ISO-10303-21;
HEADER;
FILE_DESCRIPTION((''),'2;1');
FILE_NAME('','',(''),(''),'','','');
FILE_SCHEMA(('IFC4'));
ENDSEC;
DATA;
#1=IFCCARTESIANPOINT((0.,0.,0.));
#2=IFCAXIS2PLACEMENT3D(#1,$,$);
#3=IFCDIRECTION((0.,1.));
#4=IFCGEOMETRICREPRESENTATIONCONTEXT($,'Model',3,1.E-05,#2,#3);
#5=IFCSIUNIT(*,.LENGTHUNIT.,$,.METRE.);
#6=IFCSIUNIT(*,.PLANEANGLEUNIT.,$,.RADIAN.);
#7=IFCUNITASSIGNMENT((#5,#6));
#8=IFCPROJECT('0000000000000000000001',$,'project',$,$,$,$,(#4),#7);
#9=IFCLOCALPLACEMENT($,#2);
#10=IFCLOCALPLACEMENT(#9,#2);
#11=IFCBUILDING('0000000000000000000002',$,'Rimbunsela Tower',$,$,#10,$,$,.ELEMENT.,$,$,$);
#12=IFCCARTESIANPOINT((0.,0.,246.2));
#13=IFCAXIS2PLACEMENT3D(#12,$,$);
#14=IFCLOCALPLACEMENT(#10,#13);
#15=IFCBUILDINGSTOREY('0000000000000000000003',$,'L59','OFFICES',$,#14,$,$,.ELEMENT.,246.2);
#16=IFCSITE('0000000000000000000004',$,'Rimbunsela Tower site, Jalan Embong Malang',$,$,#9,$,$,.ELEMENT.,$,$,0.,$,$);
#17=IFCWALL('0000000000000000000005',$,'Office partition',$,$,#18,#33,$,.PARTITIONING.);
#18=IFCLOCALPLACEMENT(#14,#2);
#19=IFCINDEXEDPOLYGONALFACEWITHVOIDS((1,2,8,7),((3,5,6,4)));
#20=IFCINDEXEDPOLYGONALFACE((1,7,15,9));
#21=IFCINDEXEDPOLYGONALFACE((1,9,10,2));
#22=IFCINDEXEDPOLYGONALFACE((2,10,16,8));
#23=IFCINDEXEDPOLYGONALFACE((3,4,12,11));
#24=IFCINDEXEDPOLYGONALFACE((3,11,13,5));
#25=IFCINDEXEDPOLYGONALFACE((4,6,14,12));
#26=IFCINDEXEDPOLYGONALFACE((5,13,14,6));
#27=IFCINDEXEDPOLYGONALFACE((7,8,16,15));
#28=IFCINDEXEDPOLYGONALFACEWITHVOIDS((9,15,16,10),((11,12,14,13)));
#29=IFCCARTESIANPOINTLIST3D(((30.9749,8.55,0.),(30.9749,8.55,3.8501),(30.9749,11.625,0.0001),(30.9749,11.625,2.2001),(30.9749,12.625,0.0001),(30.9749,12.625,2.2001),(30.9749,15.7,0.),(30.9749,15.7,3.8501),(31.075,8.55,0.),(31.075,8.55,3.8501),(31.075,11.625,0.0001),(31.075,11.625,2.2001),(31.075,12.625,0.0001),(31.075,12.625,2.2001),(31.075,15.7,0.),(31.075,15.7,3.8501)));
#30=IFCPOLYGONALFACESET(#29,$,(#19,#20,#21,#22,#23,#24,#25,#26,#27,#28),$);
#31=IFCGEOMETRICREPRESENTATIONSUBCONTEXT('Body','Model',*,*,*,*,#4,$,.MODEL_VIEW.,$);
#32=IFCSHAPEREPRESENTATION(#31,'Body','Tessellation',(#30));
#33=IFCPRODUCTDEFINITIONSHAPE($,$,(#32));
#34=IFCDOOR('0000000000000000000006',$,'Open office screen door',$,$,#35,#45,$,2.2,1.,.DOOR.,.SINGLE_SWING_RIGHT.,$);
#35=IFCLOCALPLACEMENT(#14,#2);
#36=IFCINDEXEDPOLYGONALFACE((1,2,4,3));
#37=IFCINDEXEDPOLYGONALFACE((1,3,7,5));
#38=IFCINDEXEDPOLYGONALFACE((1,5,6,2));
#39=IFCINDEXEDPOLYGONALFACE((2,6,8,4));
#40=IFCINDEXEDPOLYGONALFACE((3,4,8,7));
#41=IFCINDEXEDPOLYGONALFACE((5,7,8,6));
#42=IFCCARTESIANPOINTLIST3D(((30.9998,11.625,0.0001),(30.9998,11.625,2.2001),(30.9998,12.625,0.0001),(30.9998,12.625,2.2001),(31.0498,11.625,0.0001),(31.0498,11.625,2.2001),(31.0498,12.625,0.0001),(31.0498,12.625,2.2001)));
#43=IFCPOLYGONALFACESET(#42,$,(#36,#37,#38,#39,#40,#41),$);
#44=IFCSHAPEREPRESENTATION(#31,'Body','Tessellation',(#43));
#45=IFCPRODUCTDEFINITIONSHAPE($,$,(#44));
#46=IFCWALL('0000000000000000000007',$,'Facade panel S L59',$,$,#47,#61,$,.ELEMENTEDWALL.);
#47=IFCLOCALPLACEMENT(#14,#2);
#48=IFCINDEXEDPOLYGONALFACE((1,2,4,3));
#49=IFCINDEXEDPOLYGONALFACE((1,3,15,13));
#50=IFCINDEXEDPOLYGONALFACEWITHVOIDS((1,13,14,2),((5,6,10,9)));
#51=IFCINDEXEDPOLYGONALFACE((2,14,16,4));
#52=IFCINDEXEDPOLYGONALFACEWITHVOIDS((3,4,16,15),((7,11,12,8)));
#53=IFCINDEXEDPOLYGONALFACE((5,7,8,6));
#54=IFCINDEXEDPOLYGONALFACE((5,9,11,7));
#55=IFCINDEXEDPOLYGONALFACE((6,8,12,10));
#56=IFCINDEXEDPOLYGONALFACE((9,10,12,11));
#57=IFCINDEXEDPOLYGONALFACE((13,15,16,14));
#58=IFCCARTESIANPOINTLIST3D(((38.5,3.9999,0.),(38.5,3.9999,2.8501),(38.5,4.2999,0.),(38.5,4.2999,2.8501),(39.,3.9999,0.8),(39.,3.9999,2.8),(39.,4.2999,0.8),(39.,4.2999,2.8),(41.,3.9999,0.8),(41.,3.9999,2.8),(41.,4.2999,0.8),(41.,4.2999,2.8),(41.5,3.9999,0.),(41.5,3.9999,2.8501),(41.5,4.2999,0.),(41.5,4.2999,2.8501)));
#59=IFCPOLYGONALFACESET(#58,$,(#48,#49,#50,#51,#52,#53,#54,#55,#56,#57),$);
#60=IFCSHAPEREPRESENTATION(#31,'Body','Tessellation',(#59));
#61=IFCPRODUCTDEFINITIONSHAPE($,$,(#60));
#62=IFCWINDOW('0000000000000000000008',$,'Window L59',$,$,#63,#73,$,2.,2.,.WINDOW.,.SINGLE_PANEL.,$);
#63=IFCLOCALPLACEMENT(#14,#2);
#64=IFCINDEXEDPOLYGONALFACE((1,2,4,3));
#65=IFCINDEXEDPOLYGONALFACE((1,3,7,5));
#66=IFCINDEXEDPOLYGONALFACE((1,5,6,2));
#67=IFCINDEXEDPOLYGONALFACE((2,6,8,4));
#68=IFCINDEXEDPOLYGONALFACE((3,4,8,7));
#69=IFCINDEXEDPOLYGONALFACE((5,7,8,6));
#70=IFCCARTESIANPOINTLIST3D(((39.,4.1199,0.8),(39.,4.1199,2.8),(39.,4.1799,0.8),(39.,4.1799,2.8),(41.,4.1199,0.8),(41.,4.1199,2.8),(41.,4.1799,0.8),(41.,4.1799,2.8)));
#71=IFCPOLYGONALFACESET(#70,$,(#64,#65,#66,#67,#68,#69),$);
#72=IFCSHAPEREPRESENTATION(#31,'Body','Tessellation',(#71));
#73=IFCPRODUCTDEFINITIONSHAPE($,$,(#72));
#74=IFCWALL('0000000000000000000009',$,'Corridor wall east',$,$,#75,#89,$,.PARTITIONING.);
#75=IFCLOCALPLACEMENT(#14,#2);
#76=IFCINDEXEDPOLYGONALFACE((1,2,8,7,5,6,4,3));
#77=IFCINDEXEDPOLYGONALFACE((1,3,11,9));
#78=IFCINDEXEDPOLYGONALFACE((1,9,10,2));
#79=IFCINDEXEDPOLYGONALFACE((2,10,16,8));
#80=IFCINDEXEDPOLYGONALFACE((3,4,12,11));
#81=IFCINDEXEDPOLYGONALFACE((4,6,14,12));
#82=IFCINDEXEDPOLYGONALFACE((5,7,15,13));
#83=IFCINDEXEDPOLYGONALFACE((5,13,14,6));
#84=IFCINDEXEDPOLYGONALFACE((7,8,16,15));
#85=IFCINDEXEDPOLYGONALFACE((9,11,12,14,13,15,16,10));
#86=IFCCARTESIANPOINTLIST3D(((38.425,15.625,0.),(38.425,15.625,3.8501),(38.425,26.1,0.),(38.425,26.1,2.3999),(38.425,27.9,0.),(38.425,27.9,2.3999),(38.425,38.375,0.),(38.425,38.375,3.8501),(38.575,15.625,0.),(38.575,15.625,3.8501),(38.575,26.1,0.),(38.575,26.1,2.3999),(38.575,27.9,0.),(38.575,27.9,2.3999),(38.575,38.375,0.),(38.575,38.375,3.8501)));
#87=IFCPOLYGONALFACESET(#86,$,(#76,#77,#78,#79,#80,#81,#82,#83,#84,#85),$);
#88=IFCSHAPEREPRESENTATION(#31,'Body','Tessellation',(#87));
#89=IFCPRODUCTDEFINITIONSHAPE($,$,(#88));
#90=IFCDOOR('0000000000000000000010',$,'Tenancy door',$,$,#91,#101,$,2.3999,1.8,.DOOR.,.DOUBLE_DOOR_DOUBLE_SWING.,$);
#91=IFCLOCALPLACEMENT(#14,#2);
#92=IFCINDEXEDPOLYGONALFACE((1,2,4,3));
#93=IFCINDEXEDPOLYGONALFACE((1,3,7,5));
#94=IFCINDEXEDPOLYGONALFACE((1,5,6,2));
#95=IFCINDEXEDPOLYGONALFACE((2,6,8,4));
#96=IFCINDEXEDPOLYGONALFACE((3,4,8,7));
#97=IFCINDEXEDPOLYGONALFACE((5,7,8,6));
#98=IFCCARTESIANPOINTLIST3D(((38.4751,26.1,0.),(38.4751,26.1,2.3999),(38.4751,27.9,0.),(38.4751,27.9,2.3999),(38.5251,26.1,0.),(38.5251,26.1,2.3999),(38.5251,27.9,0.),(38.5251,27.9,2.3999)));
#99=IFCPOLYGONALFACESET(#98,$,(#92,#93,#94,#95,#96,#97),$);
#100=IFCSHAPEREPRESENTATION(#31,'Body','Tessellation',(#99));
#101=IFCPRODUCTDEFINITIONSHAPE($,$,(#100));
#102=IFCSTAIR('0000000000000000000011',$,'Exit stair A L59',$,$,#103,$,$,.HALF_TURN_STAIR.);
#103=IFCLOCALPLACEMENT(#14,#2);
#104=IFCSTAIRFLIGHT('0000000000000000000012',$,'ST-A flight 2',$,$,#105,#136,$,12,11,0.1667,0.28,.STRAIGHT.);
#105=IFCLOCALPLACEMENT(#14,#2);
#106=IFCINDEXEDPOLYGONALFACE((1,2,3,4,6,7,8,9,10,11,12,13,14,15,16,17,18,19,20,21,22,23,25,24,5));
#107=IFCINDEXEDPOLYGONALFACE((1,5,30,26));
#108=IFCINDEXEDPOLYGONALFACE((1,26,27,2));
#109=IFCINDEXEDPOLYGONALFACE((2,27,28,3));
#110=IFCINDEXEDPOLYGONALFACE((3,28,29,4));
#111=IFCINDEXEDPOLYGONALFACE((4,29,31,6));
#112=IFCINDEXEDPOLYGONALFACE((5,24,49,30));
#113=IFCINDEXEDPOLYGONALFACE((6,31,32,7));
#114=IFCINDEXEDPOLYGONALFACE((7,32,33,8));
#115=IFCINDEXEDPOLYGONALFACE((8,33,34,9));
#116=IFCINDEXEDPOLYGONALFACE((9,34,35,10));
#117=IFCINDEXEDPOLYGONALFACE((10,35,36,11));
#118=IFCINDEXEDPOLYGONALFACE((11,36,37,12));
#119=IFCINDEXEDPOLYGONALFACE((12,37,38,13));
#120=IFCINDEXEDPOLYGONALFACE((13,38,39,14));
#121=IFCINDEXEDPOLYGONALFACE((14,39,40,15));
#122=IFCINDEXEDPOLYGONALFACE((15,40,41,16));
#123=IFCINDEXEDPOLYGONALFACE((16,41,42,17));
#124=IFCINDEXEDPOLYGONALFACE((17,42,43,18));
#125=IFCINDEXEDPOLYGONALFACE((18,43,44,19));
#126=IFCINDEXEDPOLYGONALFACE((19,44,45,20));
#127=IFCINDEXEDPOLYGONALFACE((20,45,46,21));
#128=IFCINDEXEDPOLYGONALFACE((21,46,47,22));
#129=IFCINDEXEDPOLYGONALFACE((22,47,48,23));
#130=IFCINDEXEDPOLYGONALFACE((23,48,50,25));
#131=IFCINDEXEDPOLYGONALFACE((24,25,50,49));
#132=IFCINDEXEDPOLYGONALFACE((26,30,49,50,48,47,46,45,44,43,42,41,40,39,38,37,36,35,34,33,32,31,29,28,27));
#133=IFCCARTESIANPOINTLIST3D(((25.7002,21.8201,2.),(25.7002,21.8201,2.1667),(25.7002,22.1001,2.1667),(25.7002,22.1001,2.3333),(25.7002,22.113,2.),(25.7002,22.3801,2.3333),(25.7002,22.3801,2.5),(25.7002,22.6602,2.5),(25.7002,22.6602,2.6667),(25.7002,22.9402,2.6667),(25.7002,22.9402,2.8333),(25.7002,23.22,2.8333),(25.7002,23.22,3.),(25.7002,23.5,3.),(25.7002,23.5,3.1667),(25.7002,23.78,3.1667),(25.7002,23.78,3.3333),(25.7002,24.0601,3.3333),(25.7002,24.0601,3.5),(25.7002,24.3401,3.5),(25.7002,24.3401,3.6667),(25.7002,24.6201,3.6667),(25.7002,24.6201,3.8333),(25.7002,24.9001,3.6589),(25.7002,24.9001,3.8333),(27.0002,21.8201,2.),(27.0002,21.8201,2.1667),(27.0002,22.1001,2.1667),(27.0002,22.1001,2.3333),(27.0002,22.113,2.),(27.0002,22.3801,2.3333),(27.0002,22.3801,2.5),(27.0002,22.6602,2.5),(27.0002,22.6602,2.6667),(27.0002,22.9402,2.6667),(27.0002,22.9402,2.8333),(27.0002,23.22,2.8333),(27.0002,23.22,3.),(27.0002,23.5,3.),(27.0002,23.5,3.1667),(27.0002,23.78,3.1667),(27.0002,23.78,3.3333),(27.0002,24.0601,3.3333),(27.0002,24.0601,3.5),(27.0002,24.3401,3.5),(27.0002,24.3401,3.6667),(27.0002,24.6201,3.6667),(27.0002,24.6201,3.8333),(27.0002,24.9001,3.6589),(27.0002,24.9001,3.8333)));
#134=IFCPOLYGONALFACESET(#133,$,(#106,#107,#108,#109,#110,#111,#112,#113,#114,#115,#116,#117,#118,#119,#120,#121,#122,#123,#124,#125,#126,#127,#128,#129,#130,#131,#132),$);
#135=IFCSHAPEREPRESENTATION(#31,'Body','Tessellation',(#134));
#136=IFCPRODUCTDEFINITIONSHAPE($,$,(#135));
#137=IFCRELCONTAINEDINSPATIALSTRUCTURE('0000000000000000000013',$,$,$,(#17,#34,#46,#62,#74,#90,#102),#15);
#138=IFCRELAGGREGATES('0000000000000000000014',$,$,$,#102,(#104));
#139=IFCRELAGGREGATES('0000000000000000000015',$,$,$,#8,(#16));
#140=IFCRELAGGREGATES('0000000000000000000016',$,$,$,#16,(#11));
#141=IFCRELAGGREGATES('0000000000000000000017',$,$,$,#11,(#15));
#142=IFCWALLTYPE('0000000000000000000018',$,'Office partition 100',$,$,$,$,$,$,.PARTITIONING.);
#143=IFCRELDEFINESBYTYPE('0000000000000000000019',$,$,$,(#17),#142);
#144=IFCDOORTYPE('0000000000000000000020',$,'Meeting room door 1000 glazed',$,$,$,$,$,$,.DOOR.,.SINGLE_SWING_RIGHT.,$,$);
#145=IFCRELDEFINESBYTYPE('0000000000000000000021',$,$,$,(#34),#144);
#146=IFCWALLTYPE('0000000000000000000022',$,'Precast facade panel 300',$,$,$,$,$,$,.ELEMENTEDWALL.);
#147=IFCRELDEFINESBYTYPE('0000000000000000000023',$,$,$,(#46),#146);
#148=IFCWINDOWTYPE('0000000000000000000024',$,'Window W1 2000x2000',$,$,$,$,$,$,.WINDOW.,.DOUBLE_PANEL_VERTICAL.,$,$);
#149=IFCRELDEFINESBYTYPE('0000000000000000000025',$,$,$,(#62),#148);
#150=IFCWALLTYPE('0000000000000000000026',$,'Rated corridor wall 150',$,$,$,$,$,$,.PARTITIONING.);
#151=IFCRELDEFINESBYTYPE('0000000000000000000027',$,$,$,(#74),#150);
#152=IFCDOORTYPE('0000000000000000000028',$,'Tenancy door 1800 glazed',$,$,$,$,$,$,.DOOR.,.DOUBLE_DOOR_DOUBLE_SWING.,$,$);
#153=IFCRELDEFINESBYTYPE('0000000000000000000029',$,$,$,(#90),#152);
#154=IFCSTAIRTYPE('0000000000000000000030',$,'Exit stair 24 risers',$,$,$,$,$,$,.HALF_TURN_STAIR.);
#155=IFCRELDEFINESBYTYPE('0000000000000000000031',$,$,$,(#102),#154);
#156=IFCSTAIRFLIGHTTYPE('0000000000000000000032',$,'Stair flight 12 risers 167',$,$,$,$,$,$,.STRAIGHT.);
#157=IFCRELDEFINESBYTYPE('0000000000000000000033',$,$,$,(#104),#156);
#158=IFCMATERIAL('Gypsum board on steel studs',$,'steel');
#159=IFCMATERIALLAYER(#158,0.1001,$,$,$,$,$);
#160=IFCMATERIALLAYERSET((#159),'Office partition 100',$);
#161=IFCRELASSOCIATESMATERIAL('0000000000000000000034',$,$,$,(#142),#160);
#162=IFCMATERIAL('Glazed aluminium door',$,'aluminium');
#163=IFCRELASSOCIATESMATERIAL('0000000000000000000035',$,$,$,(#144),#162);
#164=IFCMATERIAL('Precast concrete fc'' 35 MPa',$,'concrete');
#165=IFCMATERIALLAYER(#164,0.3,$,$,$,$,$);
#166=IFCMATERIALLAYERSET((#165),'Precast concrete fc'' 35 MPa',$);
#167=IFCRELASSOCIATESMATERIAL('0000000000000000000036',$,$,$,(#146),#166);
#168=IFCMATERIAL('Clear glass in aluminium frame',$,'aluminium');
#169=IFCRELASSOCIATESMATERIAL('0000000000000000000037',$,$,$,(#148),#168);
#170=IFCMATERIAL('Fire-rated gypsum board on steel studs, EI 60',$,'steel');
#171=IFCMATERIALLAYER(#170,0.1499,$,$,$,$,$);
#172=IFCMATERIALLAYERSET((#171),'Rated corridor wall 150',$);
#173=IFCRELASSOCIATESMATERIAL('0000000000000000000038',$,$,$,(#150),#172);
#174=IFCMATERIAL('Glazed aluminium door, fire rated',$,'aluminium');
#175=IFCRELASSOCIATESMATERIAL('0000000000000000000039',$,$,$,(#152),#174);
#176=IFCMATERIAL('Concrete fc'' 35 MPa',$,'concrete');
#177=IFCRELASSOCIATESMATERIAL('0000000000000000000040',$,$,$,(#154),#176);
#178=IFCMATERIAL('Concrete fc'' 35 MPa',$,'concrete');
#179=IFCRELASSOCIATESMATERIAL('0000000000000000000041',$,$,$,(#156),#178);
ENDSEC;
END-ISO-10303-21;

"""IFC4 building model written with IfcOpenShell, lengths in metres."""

from ifc_helpers import new_model, si_unit, direction, frame, frame_2d, origin, place, context, subcontext, project, spatial, polyline, rectangle, outline, extrude, material, layer, layer_set, type_object, element, fill, aggregate, save


model = new_model("IFC4")

# Units and contexts
model_context = context("Model", 3, precision=1e-05, world=origin(), true_north=direction((0.0, 1.0)))
body_context = subcontext(model_context, "Body", "Model", "MODEL_VIEW")
ifc_project = project(units=[si_unit("LENGTHUNIT", "METRE"), si_unit("PLANEANGLEUNIT", "RADIAN")], contexts=[model_context])

# Site, building, storey
site_placement = place(None, origin())
site = spatial("IfcSite", under=ifc_project, at=site_placement, Name="Rimbunsela Tower site, Jalan Embong Malang", CompositionType="ELEMENT", RefElevation=0.0)
building_placement = place(site_placement, origin())
building = spatial("IfcBuilding", under=site, at=building_placement, Name="Rimbunsela Tower", CompositionType="ELEMENT")
storey_placement = place(building_placement, frame((0.0, 0.0, 246.2)))
storey = spatial("IfcBuildingStorey", under=building, at=storey_placement, Name="L59", Description="OFFICES", CompositionType="ELEMENT", Elevation=246.2)

# Shared definitions
ifc_material_1 = material(Name="Gypsum board on steel studs", Category="steel")
ifc_layer_1 = layer(ifc_material_1, 0.1001)
ifc_layer_set_1 = layer_set([ifc_layer_1], Name="Office partition 100")
wall_type_1 = type_object("IfcWallType", Name="Office partition 100", PredefinedType="PARTITIONING", material=ifc_layer_set_1)

# Wall, opening, door
wall_1_placement = place(storey_placement, frame((31.0249, 15.7, 0.0), z_axis=(0.0, 0.0, 1.0), x_axis=(0.0, -1.0, 0.0)))
wall_1 = element("IfcWall", 1, at=wall_1_placement, inside=storey, type_object=wall_type_1, Name="Office partition", PredefinedType="PARTITIONING", context=body_context, shape_type="SweptSolid", body=[
    extrude(rectangle(XDim=7.1499, YDim=0.1001, at=frame_2d((3.575, 0.0))), origin(), (0.0, 0.0, 1.0), 3.8501),
])
opening_1_placement = place(wall_1_placement, frame((3.075, 0.0, 0.0)))
opening_1 = element("IfcOpeningElement", 2, at=opening_1_placement, cuts=wall_1, PredefinedType="OPENING", context=body_context, shape_type="SweptSolid", body=[
    extrude(rectangle(XDim=1.0, YDim=2.2, at=frame_2d((0.5, 1.1001))), frame((0.0, 0.0601, 0.0), z_axis=(0.0, -1.0, 0.0), x_axis=(1.0, 0.0, 0.0)), (0.0, 0.0, 1.0), 0.1201),
])
ifc_material_2 = material(Name="Glazed aluminium door", Category="aluminium")
door_type_1 = type_object("IfcDoorType", Name="Meeting room door 1000 glazed", OperationType="SINGLE_SWING_RIGHT", PredefinedType="DOOR", material=ifc_material_2)
door_1_placement = place(opening_1_placement, origin())
door_1 = element("IfcDoor", 3, at=door_1_placement, inside=storey, type_object=door_type_1, Name="Open office screen door", OperationType="SINGLE_SWING_RIGHT", OverallHeight=2.2, OverallWidth=1.0, PredefinedType="DOOR", context=body_context, shape_type="SweptSolid", body=[
    extrude(rectangle(XDim=1.0, YDim=2.2, at=frame_2d((0.5, 1.1001))), frame((0.0, 0.0249, 0.0), z_axis=(0.0, -1.0, 0.0), x_axis=(1.0, 0.0, 0.0)), (0.0, 0.0, 1.0), 0.05),
])
fill(opening_1, door_1)

# Wall, opening, window
ifc_material_3 = material(Name="Precast concrete fc' 35 MPa", Category="concrete")
ifc_layer_2 = layer(ifc_material_3, 0.3)
ifc_layer_set_2 = layer_set([ifc_layer_2], Name="Precast concrete fc' 35 MPa")
wall_type_2 = type_object("IfcWallType", Name="Precast facade panel 300", PredefinedType="ELEMENTEDWALL", material=ifc_layer_set_2)
wall_2_placement = place(storey_placement, frame((38.5, 4.1499, 0.0), z_axis=(0.0, 0.0, 1.0), x_axis=(1.0, 0.0, 0.0)))
wall_2 = element("IfcWall", 4, at=wall_2_placement, inside=storey, type_object=wall_type_2, Name="Facade panel S L59", PredefinedType="ELEMENTEDWALL", context=body_context, shape_type="SweptSolid", body=[
    extrude(rectangle(XDim=3.0, YDim=0.3, at=frame_2d((1.5, 0.0))), origin(), (0.0, 0.0, 1.0), 2.8501),
])
opening_2_placement = place(wall_2_placement, frame((0.5, 0.0, 0.8)))
opening_2 = element("IfcOpeningElement", 5, at=opening_2_placement, cuts=wall_2, PredefinedType="OPENING", context=body_context, shape_type="SweptSolid", body=[
    extrude(rectangle(XDim=2.0, YDim=2.0, at=frame_2d((1.0, 1.0))), frame((0.0, 0.1599, 0.0), z_axis=(0.0, -1.0, 0.0), x_axis=(1.0, 0.0, 0.0)), (0.0, 0.0, 1.0), 0.3201),
])
ifc_material_4 = material(Name="Clear glass in aluminium frame", Category="aluminium")
window_type = type_object("IfcWindowType", Name="Window W1 2000x2000", PartitioningType="DOUBLE_PANEL_VERTICAL", PredefinedType="WINDOW", material=ifc_material_4)
window_placement = place(opening_2_placement, origin())
window = element("IfcWindow", 6, at=window_placement, inside=storey, type_object=window_type, Name="Window L59", OverallHeight=2.0, OverallWidth=2.0, PartitioningType="SINGLE_PANEL", PredefinedType="WINDOW", context=body_context, shape_type="SweptSolid", body=[
    extrude(rectangle(XDim=2.0, YDim=2.0, at=frame_2d((1.0, 1.0))), frame((0.0, 0.03, 0.0), z_axis=(0.0, -1.0, 0.0), x_axis=(1.0, 0.0, 0.0)), (0.0, 0.0, 1.0), 0.0601),
])
fill(opening_2, window)

# Wall, opening, door
ifc_material_5 = material(Name="Fire-rated gypsum board on steel studs, EI 60", Category="steel")
ifc_layer_3 = layer(ifc_material_5, 0.1499)
ifc_layer_set_3 = layer_set([ifc_layer_3], Name="Rated corridor wall 150")
wall_type_3 = type_object("IfcWallType", Name="Rated corridor wall 150", PredefinedType="PARTITIONING", material=ifc_layer_set_3)
wall_3_placement = place(storey_placement, frame((38.5, 15.625, 0.0), z_axis=(0.0, 0.0, 1.0), x_axis=(0.0, 1.0, 0.0)))
wall_3 = element("IfcWall", 7, at=wall_3_placement, inside=storey, type_object=wall_type_3, Name="Corridor wall east", PredefinedType="PARTITIONING", context=body_context, shape_type="SweptSolid", body=[
    extrude(rectangle(XDim=22.75, YDim=0.1499, at=frame_2d((11.375, 0.0))), origin(), (0.0, 0.0, 1.0), 3.8501),
])
opening_3_placement = place(wall_3_placement, frame((10.4751, 0.0, 0.0)))
opening_3 = element("IfcOpeningElement", 8, at=opening_3_placement, cuts=wall_3, PredefinedType="OPENING", context=body_context, shape_type="SweptSolid", body=[
    extrude(rectangle(XDim=1.8, YDim=2.3999, at=frame_2d((0.8999, 1.2))), frame((0.0, 0.085, 0.0), z_axis=(0.0, -1.0, 0.0), x_axis=(1.0, 0.0, 0.0)), (0.0, 0.0, 1.0), 0.1699),
])
ifc_material_6 = material(Name="Glazed aluminium door, fire rated", Category="aluminium")
door_type_2 = type_object("IfcDoorType", Name="Tenancy door 1800 glazed", OperationType="DOUBLE_DOOR_DOUBLE_SWING", PredefinedType="DOOR", material=ifc_material_6)
door_2_placement = place(opening_3_placement, origin())
door_2 = element("IfcDoor", 9, at=door_2_placement, inside=storey, type_object=door_type_2, Name="Tenancy door", OperationType="DOUBLE_DOOR_DOUBLE_SWING", OverallHeight=2.3999, OverallWidth=1.8, PredefinedType="DOOR", context=body_context, shape_type="SweptSolid", body=[
    extrude(rectangle(XDim=1.8, YDim=2.3999, at=frame_2d((0.8999, 1.2))), frame((0.0, 0.0249, 0.0), z_axis=(0.0, -1.0, 0.0), x_axis=(1.0, 0.0, 0.0)), (0.0, 0.0, 1.0), 0.05),
])
fill(opening_3, door_2)

# Stair, stair flight
ifc_material_7 = material(Name="Concrete fc' 35 MPa", Category="concrete")
stair_type = type_object("IfcStairType", Name="Exit stair 24 risers", PredefinedType="HALF_TURN_STAIR", material=ifc_material_7)
stair_1_placement = place(storey_placement, origin())
stair_1 = element("IfcStair", 10, at=stair_1_placement, inside=storey, type_object=stair_type, Name="Exit stair A L59", PredefinedType="HALF_TURN_STAIR")
ifc_material_8 = material(Name="Concrete fc' 35 MPa", Category="concrete")
stair_flight_type = type_object("IfcStairFlightType", Name="Stair flight 12 risers 167", PredefinedType="STRAIGHT", material=ifc_material_8)
stair_flight_1_placement = place(storey_placement, frame((26.3501, 21.8201, 2.0), z_axis=(0.0, 0.0, 1.0), x_axis=(0.0, 1.0, 0.0)))
stair_flight_1 = element("IfcStairFlight", 11, at=stair_flight_1_placement, type_object=stair_flight_type, Name="ST-A flight 2", NumberOfRisers=12, NumberOfTreads=11, PredefinedType="STRAIGHT", RiserHeight=0.1667, TreadLength=0.28, context=body_context, shape_type="SweptSolid", body=[
    extrude(outline(polyline([(0.0, 0.0), (0.0, 0.1667), (0.28, 0.1667), (0.28, 0.3333), (0.5601, 0.3333), (0.5601, 0.5), (0.8401, 0.5), (0.8401, 0.6667), (1.1201, 0.6667), (1.1201, 0.8333), (1.3999, 0.8333), (1.3999, 1.0), (1.6799, 1.0), (1.6799, 1.1667), (1.96, 1.1667), (1.96, 1.3333), (2.24, 1.3333), (2.24, 1.5), (2.52, 1.5), (2.52, 1.6667), (2.8, 1.6667), (2.8, 1.8333), (3.0801, 1.8333), (3.0801, 2.0), (3.0801, 1.6589), (0.293, 0.0), (0.0, 0.0)])), frame((0.0, 0.6499, 0.0), z_axis=(0.0, -1.0, 0.0), x_axis=(1.0, 0.0, 0.0)), (0.0, 0.0, 1.0), 1.3),
])
aggregate(stair_1, [stair_flight_1])

save(model, "model.ifc")
